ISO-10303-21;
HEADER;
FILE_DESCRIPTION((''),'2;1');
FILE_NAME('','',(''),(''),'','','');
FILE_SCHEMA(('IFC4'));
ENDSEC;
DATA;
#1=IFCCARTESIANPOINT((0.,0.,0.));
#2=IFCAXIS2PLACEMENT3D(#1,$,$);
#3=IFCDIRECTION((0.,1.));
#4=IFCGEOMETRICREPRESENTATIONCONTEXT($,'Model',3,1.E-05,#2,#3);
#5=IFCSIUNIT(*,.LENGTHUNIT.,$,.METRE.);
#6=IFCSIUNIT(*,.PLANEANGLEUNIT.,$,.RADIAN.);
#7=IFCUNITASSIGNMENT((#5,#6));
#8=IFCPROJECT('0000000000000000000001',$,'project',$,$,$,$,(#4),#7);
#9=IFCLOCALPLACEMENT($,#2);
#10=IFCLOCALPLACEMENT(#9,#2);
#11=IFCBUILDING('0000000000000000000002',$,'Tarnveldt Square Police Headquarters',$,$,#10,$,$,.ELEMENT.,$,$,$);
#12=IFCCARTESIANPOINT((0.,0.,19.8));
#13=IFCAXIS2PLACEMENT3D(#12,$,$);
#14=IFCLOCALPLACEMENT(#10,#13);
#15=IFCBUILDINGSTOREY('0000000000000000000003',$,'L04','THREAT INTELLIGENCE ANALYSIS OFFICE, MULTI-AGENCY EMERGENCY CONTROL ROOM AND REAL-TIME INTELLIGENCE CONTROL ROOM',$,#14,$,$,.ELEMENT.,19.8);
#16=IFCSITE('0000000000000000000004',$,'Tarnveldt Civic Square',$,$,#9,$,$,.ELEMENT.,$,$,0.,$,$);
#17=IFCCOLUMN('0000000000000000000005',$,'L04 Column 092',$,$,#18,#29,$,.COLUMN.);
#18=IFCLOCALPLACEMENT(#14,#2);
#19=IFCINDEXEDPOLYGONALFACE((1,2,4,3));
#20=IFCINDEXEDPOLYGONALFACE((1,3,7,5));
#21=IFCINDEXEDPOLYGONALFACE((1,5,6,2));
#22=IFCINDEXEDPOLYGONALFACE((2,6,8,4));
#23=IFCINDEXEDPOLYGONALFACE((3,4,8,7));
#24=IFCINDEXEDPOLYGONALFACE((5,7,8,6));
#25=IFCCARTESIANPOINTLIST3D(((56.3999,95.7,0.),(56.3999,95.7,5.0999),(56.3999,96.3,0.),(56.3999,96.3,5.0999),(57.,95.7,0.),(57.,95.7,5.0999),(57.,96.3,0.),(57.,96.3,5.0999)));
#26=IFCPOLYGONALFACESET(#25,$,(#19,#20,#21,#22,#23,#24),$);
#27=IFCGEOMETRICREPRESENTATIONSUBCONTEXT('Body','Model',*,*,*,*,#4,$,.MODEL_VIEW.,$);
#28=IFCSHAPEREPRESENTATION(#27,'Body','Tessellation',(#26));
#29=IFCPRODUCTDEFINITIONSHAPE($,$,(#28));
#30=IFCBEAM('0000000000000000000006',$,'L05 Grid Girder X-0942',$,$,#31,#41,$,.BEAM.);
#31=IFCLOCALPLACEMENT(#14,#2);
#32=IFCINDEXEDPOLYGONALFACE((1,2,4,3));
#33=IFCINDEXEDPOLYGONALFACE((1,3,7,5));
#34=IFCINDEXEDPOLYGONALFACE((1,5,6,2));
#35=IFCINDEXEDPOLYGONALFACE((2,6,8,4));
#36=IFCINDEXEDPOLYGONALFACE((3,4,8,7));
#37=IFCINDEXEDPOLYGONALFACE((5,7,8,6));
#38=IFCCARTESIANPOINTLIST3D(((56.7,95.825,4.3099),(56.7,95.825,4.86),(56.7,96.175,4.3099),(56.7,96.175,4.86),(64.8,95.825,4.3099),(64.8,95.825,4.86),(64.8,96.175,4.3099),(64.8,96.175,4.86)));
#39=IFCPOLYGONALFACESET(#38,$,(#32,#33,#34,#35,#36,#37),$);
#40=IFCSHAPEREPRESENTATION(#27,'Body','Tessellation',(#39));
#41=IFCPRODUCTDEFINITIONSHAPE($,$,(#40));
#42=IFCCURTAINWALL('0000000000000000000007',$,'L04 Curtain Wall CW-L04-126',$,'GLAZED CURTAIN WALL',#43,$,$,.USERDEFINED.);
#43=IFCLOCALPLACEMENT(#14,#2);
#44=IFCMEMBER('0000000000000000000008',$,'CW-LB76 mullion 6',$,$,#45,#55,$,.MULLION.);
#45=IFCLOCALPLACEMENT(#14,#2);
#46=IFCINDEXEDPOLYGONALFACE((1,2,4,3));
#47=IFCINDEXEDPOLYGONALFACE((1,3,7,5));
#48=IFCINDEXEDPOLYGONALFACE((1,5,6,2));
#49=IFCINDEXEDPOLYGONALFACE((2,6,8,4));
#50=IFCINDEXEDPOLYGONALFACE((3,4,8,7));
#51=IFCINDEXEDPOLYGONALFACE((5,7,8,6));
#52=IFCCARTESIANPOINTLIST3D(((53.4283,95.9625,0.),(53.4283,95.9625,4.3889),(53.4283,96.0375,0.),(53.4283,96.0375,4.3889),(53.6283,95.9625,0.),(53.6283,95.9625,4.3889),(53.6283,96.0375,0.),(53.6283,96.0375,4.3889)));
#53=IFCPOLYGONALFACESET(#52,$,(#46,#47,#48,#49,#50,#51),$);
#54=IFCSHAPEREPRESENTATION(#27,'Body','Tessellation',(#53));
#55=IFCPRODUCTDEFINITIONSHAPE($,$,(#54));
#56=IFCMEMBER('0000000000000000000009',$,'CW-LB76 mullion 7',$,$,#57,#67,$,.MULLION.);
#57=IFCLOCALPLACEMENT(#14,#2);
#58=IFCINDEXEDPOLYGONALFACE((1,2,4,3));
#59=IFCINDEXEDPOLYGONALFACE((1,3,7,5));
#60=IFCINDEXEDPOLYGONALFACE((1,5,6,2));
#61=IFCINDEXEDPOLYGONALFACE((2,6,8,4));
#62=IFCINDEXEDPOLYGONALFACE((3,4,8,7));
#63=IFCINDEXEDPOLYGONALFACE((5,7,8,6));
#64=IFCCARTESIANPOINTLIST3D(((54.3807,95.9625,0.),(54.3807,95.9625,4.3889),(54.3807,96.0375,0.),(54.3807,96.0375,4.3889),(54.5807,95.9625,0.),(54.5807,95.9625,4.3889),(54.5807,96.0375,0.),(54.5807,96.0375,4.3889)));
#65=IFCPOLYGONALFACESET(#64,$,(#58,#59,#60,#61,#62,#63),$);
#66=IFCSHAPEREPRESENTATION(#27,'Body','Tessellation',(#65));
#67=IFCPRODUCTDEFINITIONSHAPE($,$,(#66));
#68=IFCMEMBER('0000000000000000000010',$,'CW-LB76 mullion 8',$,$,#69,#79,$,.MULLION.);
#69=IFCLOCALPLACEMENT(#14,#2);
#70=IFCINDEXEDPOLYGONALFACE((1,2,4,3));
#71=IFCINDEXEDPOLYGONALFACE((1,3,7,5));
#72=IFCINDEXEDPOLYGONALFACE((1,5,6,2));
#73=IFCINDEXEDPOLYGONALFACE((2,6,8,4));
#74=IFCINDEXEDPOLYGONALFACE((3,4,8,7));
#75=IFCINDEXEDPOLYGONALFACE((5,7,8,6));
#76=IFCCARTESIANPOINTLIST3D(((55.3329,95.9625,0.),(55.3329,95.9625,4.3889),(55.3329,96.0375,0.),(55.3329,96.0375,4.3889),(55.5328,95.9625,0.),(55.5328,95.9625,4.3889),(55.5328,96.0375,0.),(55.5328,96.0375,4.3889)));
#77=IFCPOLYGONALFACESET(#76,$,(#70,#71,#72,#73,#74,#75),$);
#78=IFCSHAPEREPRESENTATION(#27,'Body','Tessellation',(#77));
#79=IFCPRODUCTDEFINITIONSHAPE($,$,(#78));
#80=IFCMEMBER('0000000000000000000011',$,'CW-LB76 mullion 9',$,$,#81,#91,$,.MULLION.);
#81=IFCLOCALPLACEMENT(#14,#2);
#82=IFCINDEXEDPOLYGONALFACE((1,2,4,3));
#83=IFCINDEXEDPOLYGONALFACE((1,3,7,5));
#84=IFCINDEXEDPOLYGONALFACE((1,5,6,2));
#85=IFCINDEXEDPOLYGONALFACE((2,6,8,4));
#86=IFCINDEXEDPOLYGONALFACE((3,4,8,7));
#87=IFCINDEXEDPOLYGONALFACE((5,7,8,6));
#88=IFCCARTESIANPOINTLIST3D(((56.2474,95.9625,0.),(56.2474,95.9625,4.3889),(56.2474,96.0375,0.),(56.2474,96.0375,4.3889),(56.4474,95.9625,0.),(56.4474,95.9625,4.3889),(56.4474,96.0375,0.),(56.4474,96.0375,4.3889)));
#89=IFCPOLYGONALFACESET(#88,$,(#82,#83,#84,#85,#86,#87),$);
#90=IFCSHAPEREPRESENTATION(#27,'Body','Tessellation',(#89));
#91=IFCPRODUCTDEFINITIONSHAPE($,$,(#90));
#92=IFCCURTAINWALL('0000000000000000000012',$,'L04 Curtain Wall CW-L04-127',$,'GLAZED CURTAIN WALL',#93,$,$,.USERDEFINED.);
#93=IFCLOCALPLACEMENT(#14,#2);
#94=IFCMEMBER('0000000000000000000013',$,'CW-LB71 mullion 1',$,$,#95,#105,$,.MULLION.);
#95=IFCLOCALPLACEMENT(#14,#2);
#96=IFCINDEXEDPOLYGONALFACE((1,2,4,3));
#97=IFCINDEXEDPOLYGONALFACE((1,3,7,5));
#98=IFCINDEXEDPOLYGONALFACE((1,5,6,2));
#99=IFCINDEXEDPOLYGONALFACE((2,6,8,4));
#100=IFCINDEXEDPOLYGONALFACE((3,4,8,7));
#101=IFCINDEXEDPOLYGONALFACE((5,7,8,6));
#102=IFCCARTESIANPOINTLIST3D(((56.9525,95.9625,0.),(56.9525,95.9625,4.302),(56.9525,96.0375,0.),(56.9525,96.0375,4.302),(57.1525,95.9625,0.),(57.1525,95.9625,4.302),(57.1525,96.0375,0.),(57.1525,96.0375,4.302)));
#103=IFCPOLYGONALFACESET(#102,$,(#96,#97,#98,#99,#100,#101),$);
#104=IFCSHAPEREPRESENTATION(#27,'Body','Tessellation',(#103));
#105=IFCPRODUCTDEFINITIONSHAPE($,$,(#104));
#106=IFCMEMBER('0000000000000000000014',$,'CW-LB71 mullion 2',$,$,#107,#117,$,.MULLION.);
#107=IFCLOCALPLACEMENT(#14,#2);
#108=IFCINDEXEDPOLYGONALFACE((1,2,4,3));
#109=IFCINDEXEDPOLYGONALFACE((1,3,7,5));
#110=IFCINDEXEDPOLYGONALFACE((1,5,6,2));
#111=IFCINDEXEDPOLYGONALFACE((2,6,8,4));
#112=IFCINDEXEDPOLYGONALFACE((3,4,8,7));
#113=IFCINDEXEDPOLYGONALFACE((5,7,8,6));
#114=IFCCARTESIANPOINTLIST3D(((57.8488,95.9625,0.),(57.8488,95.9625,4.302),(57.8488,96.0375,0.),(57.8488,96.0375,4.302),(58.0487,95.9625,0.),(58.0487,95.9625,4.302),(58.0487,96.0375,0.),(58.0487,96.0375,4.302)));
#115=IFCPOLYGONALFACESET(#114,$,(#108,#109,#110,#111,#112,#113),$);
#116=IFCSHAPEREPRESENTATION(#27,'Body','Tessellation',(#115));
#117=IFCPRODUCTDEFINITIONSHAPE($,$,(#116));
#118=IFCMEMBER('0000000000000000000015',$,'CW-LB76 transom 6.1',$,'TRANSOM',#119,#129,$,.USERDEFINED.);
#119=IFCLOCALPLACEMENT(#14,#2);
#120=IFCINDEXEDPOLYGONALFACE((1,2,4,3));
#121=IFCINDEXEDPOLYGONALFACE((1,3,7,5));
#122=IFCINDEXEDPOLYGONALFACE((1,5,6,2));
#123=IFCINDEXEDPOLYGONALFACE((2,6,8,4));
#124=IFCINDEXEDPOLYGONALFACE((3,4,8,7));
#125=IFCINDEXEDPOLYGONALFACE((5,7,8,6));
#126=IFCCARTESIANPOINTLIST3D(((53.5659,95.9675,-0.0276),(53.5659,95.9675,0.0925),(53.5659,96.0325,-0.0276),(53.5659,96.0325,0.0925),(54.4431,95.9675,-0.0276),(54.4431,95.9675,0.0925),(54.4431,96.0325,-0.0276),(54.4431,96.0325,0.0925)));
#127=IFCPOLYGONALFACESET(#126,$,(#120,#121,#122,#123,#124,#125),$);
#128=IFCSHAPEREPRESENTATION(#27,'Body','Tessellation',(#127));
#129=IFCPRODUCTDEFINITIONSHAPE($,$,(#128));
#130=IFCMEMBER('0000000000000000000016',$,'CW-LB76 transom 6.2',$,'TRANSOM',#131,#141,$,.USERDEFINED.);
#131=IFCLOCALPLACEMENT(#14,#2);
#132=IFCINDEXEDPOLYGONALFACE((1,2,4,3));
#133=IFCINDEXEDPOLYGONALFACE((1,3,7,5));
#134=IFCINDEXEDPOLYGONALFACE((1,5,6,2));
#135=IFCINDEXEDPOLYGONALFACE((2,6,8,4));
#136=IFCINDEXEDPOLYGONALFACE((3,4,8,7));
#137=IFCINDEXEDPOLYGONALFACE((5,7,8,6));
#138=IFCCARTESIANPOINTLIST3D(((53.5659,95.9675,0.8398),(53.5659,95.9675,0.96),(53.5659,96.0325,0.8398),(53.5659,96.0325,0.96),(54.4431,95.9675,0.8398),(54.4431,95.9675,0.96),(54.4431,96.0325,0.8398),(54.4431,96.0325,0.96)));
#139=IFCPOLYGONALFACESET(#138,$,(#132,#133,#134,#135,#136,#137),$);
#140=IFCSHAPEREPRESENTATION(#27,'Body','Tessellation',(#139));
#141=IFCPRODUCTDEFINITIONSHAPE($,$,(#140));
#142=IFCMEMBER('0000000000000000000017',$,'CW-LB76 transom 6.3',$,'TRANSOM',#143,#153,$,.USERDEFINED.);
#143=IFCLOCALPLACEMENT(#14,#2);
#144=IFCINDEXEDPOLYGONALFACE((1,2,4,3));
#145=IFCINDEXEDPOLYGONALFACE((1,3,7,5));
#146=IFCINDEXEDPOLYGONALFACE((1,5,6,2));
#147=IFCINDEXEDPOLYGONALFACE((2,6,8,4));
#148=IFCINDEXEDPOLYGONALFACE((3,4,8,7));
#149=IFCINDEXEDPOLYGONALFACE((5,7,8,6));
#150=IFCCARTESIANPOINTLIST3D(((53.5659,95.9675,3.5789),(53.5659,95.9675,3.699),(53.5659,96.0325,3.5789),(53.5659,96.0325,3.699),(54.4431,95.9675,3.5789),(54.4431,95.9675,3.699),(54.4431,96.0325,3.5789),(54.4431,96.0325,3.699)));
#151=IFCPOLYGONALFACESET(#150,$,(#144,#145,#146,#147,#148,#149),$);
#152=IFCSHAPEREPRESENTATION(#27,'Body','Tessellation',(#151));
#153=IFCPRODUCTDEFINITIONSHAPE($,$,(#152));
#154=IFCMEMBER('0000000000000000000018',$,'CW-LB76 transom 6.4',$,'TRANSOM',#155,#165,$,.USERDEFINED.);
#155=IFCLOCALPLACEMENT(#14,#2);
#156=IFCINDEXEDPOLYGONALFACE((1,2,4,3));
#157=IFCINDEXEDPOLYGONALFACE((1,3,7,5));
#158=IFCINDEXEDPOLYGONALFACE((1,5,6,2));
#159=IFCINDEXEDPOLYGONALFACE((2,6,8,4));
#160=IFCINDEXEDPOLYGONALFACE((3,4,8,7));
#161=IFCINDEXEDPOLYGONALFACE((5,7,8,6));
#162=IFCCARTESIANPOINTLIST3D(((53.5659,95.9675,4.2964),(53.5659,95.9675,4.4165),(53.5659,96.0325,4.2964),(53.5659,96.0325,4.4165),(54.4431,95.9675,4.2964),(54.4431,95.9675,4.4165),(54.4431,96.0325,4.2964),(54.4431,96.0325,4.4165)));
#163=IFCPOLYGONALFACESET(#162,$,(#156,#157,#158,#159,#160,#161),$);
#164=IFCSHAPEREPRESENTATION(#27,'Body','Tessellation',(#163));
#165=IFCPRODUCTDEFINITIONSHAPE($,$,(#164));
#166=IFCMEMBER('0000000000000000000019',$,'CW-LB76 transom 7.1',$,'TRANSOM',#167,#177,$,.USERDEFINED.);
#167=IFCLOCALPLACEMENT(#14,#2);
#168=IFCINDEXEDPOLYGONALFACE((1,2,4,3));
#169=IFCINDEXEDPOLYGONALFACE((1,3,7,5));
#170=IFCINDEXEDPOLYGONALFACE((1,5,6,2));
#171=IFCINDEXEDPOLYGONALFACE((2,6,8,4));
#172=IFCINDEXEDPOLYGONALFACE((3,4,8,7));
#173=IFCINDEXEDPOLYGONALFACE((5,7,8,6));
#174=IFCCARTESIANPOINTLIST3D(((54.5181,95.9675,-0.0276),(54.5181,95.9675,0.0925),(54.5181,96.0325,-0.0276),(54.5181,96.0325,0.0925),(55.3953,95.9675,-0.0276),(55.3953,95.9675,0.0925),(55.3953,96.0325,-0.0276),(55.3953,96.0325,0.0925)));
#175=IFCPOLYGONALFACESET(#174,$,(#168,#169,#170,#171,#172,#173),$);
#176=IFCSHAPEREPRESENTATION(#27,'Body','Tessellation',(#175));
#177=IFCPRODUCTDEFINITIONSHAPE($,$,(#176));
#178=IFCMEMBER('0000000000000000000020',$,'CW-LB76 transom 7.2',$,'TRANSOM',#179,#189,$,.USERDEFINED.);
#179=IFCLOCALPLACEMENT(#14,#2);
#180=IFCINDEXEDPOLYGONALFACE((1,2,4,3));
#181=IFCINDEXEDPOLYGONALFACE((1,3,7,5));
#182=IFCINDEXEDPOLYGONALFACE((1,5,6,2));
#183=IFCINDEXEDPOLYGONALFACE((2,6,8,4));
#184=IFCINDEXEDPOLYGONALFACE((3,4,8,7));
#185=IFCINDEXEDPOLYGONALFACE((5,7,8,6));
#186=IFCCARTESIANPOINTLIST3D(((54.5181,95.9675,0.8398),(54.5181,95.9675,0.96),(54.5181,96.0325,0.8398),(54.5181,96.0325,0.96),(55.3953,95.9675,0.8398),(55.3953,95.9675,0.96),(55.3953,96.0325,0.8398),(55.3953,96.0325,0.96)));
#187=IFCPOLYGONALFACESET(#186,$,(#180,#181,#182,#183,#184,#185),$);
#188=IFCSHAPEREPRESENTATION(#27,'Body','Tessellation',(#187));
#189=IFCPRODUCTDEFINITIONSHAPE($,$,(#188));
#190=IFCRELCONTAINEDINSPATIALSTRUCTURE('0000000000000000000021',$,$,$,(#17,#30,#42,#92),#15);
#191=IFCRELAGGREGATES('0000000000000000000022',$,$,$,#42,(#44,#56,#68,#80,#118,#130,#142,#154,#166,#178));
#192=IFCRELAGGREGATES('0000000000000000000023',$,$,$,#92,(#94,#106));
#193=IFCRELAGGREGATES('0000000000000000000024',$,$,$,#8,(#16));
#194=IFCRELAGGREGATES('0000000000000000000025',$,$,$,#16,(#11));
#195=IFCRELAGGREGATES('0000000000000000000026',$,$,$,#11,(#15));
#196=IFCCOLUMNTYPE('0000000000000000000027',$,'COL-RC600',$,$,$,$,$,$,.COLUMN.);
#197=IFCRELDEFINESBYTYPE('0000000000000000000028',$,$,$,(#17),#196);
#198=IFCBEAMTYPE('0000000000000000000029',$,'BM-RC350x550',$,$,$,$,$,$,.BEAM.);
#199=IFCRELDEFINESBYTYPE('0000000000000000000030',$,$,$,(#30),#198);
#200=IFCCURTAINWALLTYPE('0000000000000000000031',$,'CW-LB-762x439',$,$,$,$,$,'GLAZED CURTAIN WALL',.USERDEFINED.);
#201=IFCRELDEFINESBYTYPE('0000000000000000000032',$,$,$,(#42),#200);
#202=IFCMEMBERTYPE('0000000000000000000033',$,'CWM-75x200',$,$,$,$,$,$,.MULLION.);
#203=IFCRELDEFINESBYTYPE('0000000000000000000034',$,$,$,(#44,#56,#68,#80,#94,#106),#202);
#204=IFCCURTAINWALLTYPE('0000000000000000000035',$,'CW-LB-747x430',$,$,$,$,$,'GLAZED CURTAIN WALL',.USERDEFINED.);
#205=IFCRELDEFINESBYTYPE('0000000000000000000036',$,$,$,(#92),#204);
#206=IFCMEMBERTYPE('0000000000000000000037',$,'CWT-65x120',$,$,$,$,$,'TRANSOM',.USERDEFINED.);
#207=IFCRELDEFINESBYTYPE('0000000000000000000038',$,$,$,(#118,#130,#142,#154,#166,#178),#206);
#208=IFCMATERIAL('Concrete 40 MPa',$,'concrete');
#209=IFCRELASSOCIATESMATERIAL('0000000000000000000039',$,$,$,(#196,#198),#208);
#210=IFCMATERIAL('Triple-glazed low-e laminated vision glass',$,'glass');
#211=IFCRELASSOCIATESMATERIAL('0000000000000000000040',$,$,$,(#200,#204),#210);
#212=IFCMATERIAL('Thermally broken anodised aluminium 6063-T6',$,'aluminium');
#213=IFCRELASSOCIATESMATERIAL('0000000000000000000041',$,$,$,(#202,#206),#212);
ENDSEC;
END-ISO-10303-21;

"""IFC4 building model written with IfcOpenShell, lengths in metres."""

from ifc_helpers import new_model, si_unit, direction, frame, origin, origin_2d, place, context, subcontext, project, spatial, rectangle, extrude, material, material_profile, profile_set, type_object, element, aggregate, save


model = new_model("IFC4")

# Units and contexts
model_context = context("Model", 3, precision=1e-05, world=origin(), true_north=direction((0.0, 1.0)))
body_context = subcontext(model_context, "Body", "Model", "MODEL_VIEW")
ifc_project = project(units=[si_unit("LENGTHUNIT", "METRE"), si_unit("PLANEANGLEUNIT", "RADIAN")], contexts=[model_context])

# Site, building, storey
site_placement = place(None, origin())
site = spatial("IfcSite", under=ifc_project, at=site_placement, Name="Tarnveldt Civic Square", CompositionType="ELEMENT", RefElevation=0.0)
building_placement = place(site_placement, origin())
building = spatial("IfcBuilding", under=site, at=building_placement, Name="Tarnveldt Square Police Headquarters", CompositionType="ELEMENT")
storey_placement = place(building_placement, frame((0.0, 0.0, 19.8)))
storey = spatial("IfcBuildingStorey", under=building, at=storey_placement, Name="L04", Description="THREAT INTELLIGENCE ANALYSIS OFFICE, MULTI-AGENCY EMERGENCY CONTROL ROOM AND REAL-TIME INTELLIGENCE CONTROL ROOM", CompositionType="ELEMENT", Elevation=19.8)

# Column
ifc_material_1 = material(Name="Concrete 40 MPa", Category="concrete")
ifc_material_profile_1 = material_profile(ifc_material_1, rectangle(XDim=0.6001, YDim=0.6001, at=origin_2d()), Name="RC-C600x600")
ifc_profile_set_1 = profile_set([ifc_material_profile_1], Name="Concrete 40 MPa")
column_type = type_object("IfcColumnType", Name="COL-RC600", PredefinedType="COLUMN", material=ifc_profile_set_1)
column_placement = place(storey_placement, frame((56.7, 96.0, 0.0), z_axis=(0.0, 0.0, 1.0), x_axis=(1.0, 0.0, 0.0)))
element("IfcColumn", 1, at=column_placement, inside=storey, type_object=column_type, Name="L04 Column 092", PredefinedType="COLUMN", context=body_context, shape_type="SweptSolid", body=[
    extrude(rectangle(XDim=0.6001, YDim=0.6001, at=origin_2d()), origin(), (0.0, 0.0, 1.0), 5.0999),
])

# Beam
ifc_material_profile_2 = material_profile(ifc_material_1, rectangle(XDim=0.3501, YDim=0.55, at=origin_2d()), Name="RC-B350x550")
ifc_profile_set_2 = profile_set([ifc_material_profile_2], Name="Concrete 40 MPa")
beam_type = type_object("IfcBeamType", Name="BM-RC350x550", PredefinedType="BEAM", material=ifc_profile_set_2)
beam_placement = place(storey_placement, frame((56.7, 96.0, 4.585), z_axis=(1.0, 0.0, 0.0), x_axis=(0.0, 1.0, 0.0)))
element("IfcBeam", 2, at=beam_placement, inside=storey, type_object=beam_type, Name="L05 Grid Girder X-0942", PredefinedType="BEAM", context=body_context, shape_type="SweptSolid", body=[
    extrude(rectangle(XDim=0.3501, YDim=0.55, at=origin_2d()), origin(), (0.0, 0.0, 1.0), 8.1001),
])

# Curtain walls, members
ifc_material_2 = material(Name="Triple-glazed low-e laminated vision glass", Category="glass")
curtain_wall_type_1 = type_object("IfcCurtainWallType", Name="CW-LB-762x439", ElementType="GLAZED CURTAIN WALL", PredefinedType="USERDEFINED", material=ifc_material_2)
curtain_wall_1_placement = place(storey_placement, origin())
curtain_wall_1 = element("IfcCurtainWall", 3, at=curtain_wall_1_placement, inside=storey, type_object=curtain_wall_type_1, Name="L04 Curtain Wall CW-L04-126", ObjectType="GLAZED CURTAIN WALL", PredefinedType="USERDEFINED")
ifc_material_3 = material(Name="Thermally broken anodised aluminium 6063-T6", Category="aluminium")
ifc_material_profile_3 = material_profile(ifc_material_3, rectangle(XDim=0.075, YDim=0.2, at=origin_2d()), Name="CW-M75x200")
ifc_profile_set_3 = profile_set([ifc_material_profile_3], Name="Thermally broken anodised aluminium 6063-T6")
member_type_1 = type_object("IfcMemberType", Name="CWM-75x200", PredefinedType="MULLION", material=ifc_profile_set_3)
member_1_placement = place(storey_placement, frame((53.5283, 96.0, 0.0), z_axis=(0.0, 0.0, 1.0), x_axis=(0.0, 1.0, 0.0)))
member_1 = element("IfcMember", 4, at=member_1_placement, type_object=member_type_1, Name="CW-LB76 mullion 6", PredefinedType="MULLION", context=body_context, shape_type="SweptSolid", body=[
    extrude(rectangle(XDim=0.075, YDim=0.2, at=origin_2d()), origin(), (0.0, 0.0, 1.0), 4.3889),
])
member_2_placement = place(storey_placement, frame((54.4807, 96.0, 0.0), z_axis=(0.0, 0.0, 1.0), x_axis=(0.0, 1.0, 0.0)))
member_2 = element("IfcMember", 5, at=member_2_placement, type_object=member_type_1, Name="CW-LB76 mullion 7", PredefinedType="MULLION", context=body_context, shape_type="SweptSolid", body=[
    extrude(rectangle(XDim=0.075, YDim=0.2, at=origin_2d()), origin(), (0.0, 0.0, 1.0), 4.3889),
])
member_3_placement = place(storey_placement, frame((55.4329, 96.0, 0.0), z_axis=(0.0, 0.0, 1.0), x_axis=(0.0, 1.0, 0.0)))
member_3 = element("IfcMember", 6, at=member_3_placement, type_object=member_type_1, Name="CW-LB76 mullion 8", PredefinedType="MULLION", context=body_context, shape_type="SweptSolid", body=[
    extrude(rectangle(XDim=0.075, YDim=0.2, at=origin_2d()), origin(), (0.0, 0.0, 1.0), 4.3889),
])
member_4_placement = place(storey_placement, frame((56.3474, 96.0, 0.0), z_axis=(0.0, 0.0, 1.0), x_axis=(0.0, 1.0, 0.0)))
member_4 = element("IfcMember", 7, at=member_4_placement, type_object=member_type_1, Name="CW-LB76 mullion 9", PredefinedType="MULLION", context=body_context, shape_type="SweptSolid", body=[
    extrude(rectangle(XDim=0.075, YDim=0.2, at=origin_2d()), origin(), (0.0, 0.0, 1.0), 4.3889),
])
curtain_wall_type_2 = type_object("IfcCurtainWallType", Name="CW-LB-747x430", ElementType="GLAZED CURTAIN WALL", PredefinedType="USERDEFINED", material=ifc_material_2)
curtain_wall_2_placement = place(storey_placement, origin())
curtain_wall_2 = element("IfcCurtainWall", 8, at=curtain_wall_2_placement, inside=storey, type_object=curtain_wall_type_2, Name="L04 Curtain Wall CW-L04-127", ObjectType="GLAZED CURTAIN WALL", PredefinedType="USERDEFINED")
member_5_placement = place(storey_placement, frame((57.0525, 96.0, 0.0), z_axis=(0.0, 0.0, 1.0), x_axis=(0.0, 1.0, 0.0)))
member_5 = element("IfcMember", 9, at=member_5_placement, type_object=member_type_1, Name="CW-LB71 mullion 1", PredefinedType="MULLION", context=body_context, shape_type="SweptSolid", body=[
    extrude(rectangle(XDim=0.075, YDim=0.2, at=origin_2d()), origin(), (0.0, 0.0, 1.0), 4.302),
])
member_6_placement = place(storey_placement, frame((57.9487, 96.0, 0.0), z_axis=(0.0, 0.0, 1.0), x_axis=(0.0, 1.0, 0.0)))
member_6 = element("IfcMember", 10, at=member_6_placement, type_object=member_type_1, Name="CW-LB71 mullion 2", PredefinedType="MULLION", context=body_context, shape_type="SweptSolid", body=[
    extrude(rectangle(XDim=0.075, YDim=0.2, at=origin_2d()), origin(), (0.0, 0.0, 1.0), 4.302),
])

# Members
ifc_material_profile_4 = material_profile(ifc_material_3, rectangle(XDim=0.0649, YDim=0.1201, at=origin_2d()), Name="CW-T65x120")
ifc_profile_set_4 = profile_set([ifc_material_profile_4], Name="Thermally broken anodised aluminium 6063-T6")
member_type_2 = type_object("IfcMemberType", Name="CWT-65x120", ElementType="TRANSOM", PredefinedType="USERDEFINED", material=ifc_profile_set_4)
member_7_placement = place(storey_placement, frame((53.5659, 96.0, 0.0325), z_axis=(1.0, 0.0, 0.0), x_axis=(0.0, 1.0, 0.0)))
member_7 = element("IfcMember", 11, at=member_7_placement, type_object=member_type_2, Name="CW-LB76 transom 6.1", ObjectType="TRANSOM", PredefinedType="USERDEFINED", context=body_context, shape_type="SweptSolid", body=[
    extrude(rectangle(XDim=0.0649, YDim=0.1201, at=origin_2d()), origin(), (0.0, 0.0, 1.0), 0.8772),
])
member_8_placement = place(storey_placement, frame((53.5659, 96.0, 0.8999), z_axis=(1.0, 0.0, 0.0), x_axis=(0.0, 1.0, 0.0)))
member_8 = element("IfcMember", 12, at=member_8_placement, type_object=member_type_2, Name="CW-LB76 transom 6.2", ObjectType="TRANSOM", PredefinedType="USERDEFINED", context=body_context, shape_type="SweptSolid", body=[
    extrude(rectangle(XDim=0.0649, YDim=0.1201, at=origin_2d()), origin(), (0.0, 0.0, 1.0), 0.8772),
])
member_9_placement = place(storey_placement, frame((53.5659, 96.0, 3.6389), z_axis=(1.0, 0.0, 0.0), x_axis=(0.0, 1.0, 0.0)))
member_9 = element("IfcMember", 13, at=member_9_placement, type_object=member_type_2, Name="CW-LB76 transom 6.3", ObjectType="TRANSOM", PredefinedType="USERDEFINED", context=body_context, shape_type="SweptSolid", body=[
    extrude(rectangle(XDim=0.0649, YDim=0.1201, at=origin_2d()), origin(), (0.0, 0.0, 1.0), 0.8772),
])
member_10_placement = place(storey_placement, frame((53.5659, 96.0, 4.3564), z_axis=(1.0, 0.0, 0.0), x_axis=(0.0, 1.0, 0.0)))
member_10 = element("IfcMember", 14, at=member_10_placement, type_object=member_type_2, Name="CW-LB76 transom 6.4", ObjectType="TRANSOM", PredefinedType="USERDEFINED", context=body_context, shape_type="SweptSolid", body=[
    extrude(rectangle(XDim=0.0649, YDim=0.1201, at=origin_2d()), origin(), (0.0, 0.0, 1.0), 0.8772),
])
member_11_placement = place(storey_placement, frame((54.5181, 96.0, 0.0325), z_axis=(1.0, 0.0, 0.0), x_axis=(0.0, 1.0, 0.0)))
member_11 = element("IfcMember", 15, at=member_11_placement, type_object=member_type_2, Name="CW-LB76 transom 7.1", ObjectType="TRANSOM", PredefinedType="USERDEFINED", context=body_context, shape_type="SweptSolid", body=[
    extrude(rectangle(XDim=0.0649, YDim=0.1201, at=origin_2d()), origin(), (0.0, 0.0, 1.0), 0.8772),
])
member_12_placement = place(storey_placement, frame((54.5181, 96.0, 0.8999), z_axis=(1.0, 0.0, 0.0), x_axis=(0.0, 1.0, 0.0)))
member_12 = element("IfcMember", 16, at=member_12_placement, type_object=member_type_2, Name="CW-LB76 transom 7.2", ObjectType="TRANSOM", PredefinedType="USERDEFINED", context=body_context, shape_type="SweptSolid", body=[
    extrude(rectangle(XDim=0.0649, YDim=0.1201, at=origin_2d()), origin(), (0.0, 0.0, 1.0), 0.8772),
])

aggregate(curtain_wall_1, [member_1, member_2, member_3, member_4, member_7, member_8, member_9, member_10, member_11, member_12])
aggregate(curtain_wall_2, [member_5, member_6])

save(model, "model.ifc")
